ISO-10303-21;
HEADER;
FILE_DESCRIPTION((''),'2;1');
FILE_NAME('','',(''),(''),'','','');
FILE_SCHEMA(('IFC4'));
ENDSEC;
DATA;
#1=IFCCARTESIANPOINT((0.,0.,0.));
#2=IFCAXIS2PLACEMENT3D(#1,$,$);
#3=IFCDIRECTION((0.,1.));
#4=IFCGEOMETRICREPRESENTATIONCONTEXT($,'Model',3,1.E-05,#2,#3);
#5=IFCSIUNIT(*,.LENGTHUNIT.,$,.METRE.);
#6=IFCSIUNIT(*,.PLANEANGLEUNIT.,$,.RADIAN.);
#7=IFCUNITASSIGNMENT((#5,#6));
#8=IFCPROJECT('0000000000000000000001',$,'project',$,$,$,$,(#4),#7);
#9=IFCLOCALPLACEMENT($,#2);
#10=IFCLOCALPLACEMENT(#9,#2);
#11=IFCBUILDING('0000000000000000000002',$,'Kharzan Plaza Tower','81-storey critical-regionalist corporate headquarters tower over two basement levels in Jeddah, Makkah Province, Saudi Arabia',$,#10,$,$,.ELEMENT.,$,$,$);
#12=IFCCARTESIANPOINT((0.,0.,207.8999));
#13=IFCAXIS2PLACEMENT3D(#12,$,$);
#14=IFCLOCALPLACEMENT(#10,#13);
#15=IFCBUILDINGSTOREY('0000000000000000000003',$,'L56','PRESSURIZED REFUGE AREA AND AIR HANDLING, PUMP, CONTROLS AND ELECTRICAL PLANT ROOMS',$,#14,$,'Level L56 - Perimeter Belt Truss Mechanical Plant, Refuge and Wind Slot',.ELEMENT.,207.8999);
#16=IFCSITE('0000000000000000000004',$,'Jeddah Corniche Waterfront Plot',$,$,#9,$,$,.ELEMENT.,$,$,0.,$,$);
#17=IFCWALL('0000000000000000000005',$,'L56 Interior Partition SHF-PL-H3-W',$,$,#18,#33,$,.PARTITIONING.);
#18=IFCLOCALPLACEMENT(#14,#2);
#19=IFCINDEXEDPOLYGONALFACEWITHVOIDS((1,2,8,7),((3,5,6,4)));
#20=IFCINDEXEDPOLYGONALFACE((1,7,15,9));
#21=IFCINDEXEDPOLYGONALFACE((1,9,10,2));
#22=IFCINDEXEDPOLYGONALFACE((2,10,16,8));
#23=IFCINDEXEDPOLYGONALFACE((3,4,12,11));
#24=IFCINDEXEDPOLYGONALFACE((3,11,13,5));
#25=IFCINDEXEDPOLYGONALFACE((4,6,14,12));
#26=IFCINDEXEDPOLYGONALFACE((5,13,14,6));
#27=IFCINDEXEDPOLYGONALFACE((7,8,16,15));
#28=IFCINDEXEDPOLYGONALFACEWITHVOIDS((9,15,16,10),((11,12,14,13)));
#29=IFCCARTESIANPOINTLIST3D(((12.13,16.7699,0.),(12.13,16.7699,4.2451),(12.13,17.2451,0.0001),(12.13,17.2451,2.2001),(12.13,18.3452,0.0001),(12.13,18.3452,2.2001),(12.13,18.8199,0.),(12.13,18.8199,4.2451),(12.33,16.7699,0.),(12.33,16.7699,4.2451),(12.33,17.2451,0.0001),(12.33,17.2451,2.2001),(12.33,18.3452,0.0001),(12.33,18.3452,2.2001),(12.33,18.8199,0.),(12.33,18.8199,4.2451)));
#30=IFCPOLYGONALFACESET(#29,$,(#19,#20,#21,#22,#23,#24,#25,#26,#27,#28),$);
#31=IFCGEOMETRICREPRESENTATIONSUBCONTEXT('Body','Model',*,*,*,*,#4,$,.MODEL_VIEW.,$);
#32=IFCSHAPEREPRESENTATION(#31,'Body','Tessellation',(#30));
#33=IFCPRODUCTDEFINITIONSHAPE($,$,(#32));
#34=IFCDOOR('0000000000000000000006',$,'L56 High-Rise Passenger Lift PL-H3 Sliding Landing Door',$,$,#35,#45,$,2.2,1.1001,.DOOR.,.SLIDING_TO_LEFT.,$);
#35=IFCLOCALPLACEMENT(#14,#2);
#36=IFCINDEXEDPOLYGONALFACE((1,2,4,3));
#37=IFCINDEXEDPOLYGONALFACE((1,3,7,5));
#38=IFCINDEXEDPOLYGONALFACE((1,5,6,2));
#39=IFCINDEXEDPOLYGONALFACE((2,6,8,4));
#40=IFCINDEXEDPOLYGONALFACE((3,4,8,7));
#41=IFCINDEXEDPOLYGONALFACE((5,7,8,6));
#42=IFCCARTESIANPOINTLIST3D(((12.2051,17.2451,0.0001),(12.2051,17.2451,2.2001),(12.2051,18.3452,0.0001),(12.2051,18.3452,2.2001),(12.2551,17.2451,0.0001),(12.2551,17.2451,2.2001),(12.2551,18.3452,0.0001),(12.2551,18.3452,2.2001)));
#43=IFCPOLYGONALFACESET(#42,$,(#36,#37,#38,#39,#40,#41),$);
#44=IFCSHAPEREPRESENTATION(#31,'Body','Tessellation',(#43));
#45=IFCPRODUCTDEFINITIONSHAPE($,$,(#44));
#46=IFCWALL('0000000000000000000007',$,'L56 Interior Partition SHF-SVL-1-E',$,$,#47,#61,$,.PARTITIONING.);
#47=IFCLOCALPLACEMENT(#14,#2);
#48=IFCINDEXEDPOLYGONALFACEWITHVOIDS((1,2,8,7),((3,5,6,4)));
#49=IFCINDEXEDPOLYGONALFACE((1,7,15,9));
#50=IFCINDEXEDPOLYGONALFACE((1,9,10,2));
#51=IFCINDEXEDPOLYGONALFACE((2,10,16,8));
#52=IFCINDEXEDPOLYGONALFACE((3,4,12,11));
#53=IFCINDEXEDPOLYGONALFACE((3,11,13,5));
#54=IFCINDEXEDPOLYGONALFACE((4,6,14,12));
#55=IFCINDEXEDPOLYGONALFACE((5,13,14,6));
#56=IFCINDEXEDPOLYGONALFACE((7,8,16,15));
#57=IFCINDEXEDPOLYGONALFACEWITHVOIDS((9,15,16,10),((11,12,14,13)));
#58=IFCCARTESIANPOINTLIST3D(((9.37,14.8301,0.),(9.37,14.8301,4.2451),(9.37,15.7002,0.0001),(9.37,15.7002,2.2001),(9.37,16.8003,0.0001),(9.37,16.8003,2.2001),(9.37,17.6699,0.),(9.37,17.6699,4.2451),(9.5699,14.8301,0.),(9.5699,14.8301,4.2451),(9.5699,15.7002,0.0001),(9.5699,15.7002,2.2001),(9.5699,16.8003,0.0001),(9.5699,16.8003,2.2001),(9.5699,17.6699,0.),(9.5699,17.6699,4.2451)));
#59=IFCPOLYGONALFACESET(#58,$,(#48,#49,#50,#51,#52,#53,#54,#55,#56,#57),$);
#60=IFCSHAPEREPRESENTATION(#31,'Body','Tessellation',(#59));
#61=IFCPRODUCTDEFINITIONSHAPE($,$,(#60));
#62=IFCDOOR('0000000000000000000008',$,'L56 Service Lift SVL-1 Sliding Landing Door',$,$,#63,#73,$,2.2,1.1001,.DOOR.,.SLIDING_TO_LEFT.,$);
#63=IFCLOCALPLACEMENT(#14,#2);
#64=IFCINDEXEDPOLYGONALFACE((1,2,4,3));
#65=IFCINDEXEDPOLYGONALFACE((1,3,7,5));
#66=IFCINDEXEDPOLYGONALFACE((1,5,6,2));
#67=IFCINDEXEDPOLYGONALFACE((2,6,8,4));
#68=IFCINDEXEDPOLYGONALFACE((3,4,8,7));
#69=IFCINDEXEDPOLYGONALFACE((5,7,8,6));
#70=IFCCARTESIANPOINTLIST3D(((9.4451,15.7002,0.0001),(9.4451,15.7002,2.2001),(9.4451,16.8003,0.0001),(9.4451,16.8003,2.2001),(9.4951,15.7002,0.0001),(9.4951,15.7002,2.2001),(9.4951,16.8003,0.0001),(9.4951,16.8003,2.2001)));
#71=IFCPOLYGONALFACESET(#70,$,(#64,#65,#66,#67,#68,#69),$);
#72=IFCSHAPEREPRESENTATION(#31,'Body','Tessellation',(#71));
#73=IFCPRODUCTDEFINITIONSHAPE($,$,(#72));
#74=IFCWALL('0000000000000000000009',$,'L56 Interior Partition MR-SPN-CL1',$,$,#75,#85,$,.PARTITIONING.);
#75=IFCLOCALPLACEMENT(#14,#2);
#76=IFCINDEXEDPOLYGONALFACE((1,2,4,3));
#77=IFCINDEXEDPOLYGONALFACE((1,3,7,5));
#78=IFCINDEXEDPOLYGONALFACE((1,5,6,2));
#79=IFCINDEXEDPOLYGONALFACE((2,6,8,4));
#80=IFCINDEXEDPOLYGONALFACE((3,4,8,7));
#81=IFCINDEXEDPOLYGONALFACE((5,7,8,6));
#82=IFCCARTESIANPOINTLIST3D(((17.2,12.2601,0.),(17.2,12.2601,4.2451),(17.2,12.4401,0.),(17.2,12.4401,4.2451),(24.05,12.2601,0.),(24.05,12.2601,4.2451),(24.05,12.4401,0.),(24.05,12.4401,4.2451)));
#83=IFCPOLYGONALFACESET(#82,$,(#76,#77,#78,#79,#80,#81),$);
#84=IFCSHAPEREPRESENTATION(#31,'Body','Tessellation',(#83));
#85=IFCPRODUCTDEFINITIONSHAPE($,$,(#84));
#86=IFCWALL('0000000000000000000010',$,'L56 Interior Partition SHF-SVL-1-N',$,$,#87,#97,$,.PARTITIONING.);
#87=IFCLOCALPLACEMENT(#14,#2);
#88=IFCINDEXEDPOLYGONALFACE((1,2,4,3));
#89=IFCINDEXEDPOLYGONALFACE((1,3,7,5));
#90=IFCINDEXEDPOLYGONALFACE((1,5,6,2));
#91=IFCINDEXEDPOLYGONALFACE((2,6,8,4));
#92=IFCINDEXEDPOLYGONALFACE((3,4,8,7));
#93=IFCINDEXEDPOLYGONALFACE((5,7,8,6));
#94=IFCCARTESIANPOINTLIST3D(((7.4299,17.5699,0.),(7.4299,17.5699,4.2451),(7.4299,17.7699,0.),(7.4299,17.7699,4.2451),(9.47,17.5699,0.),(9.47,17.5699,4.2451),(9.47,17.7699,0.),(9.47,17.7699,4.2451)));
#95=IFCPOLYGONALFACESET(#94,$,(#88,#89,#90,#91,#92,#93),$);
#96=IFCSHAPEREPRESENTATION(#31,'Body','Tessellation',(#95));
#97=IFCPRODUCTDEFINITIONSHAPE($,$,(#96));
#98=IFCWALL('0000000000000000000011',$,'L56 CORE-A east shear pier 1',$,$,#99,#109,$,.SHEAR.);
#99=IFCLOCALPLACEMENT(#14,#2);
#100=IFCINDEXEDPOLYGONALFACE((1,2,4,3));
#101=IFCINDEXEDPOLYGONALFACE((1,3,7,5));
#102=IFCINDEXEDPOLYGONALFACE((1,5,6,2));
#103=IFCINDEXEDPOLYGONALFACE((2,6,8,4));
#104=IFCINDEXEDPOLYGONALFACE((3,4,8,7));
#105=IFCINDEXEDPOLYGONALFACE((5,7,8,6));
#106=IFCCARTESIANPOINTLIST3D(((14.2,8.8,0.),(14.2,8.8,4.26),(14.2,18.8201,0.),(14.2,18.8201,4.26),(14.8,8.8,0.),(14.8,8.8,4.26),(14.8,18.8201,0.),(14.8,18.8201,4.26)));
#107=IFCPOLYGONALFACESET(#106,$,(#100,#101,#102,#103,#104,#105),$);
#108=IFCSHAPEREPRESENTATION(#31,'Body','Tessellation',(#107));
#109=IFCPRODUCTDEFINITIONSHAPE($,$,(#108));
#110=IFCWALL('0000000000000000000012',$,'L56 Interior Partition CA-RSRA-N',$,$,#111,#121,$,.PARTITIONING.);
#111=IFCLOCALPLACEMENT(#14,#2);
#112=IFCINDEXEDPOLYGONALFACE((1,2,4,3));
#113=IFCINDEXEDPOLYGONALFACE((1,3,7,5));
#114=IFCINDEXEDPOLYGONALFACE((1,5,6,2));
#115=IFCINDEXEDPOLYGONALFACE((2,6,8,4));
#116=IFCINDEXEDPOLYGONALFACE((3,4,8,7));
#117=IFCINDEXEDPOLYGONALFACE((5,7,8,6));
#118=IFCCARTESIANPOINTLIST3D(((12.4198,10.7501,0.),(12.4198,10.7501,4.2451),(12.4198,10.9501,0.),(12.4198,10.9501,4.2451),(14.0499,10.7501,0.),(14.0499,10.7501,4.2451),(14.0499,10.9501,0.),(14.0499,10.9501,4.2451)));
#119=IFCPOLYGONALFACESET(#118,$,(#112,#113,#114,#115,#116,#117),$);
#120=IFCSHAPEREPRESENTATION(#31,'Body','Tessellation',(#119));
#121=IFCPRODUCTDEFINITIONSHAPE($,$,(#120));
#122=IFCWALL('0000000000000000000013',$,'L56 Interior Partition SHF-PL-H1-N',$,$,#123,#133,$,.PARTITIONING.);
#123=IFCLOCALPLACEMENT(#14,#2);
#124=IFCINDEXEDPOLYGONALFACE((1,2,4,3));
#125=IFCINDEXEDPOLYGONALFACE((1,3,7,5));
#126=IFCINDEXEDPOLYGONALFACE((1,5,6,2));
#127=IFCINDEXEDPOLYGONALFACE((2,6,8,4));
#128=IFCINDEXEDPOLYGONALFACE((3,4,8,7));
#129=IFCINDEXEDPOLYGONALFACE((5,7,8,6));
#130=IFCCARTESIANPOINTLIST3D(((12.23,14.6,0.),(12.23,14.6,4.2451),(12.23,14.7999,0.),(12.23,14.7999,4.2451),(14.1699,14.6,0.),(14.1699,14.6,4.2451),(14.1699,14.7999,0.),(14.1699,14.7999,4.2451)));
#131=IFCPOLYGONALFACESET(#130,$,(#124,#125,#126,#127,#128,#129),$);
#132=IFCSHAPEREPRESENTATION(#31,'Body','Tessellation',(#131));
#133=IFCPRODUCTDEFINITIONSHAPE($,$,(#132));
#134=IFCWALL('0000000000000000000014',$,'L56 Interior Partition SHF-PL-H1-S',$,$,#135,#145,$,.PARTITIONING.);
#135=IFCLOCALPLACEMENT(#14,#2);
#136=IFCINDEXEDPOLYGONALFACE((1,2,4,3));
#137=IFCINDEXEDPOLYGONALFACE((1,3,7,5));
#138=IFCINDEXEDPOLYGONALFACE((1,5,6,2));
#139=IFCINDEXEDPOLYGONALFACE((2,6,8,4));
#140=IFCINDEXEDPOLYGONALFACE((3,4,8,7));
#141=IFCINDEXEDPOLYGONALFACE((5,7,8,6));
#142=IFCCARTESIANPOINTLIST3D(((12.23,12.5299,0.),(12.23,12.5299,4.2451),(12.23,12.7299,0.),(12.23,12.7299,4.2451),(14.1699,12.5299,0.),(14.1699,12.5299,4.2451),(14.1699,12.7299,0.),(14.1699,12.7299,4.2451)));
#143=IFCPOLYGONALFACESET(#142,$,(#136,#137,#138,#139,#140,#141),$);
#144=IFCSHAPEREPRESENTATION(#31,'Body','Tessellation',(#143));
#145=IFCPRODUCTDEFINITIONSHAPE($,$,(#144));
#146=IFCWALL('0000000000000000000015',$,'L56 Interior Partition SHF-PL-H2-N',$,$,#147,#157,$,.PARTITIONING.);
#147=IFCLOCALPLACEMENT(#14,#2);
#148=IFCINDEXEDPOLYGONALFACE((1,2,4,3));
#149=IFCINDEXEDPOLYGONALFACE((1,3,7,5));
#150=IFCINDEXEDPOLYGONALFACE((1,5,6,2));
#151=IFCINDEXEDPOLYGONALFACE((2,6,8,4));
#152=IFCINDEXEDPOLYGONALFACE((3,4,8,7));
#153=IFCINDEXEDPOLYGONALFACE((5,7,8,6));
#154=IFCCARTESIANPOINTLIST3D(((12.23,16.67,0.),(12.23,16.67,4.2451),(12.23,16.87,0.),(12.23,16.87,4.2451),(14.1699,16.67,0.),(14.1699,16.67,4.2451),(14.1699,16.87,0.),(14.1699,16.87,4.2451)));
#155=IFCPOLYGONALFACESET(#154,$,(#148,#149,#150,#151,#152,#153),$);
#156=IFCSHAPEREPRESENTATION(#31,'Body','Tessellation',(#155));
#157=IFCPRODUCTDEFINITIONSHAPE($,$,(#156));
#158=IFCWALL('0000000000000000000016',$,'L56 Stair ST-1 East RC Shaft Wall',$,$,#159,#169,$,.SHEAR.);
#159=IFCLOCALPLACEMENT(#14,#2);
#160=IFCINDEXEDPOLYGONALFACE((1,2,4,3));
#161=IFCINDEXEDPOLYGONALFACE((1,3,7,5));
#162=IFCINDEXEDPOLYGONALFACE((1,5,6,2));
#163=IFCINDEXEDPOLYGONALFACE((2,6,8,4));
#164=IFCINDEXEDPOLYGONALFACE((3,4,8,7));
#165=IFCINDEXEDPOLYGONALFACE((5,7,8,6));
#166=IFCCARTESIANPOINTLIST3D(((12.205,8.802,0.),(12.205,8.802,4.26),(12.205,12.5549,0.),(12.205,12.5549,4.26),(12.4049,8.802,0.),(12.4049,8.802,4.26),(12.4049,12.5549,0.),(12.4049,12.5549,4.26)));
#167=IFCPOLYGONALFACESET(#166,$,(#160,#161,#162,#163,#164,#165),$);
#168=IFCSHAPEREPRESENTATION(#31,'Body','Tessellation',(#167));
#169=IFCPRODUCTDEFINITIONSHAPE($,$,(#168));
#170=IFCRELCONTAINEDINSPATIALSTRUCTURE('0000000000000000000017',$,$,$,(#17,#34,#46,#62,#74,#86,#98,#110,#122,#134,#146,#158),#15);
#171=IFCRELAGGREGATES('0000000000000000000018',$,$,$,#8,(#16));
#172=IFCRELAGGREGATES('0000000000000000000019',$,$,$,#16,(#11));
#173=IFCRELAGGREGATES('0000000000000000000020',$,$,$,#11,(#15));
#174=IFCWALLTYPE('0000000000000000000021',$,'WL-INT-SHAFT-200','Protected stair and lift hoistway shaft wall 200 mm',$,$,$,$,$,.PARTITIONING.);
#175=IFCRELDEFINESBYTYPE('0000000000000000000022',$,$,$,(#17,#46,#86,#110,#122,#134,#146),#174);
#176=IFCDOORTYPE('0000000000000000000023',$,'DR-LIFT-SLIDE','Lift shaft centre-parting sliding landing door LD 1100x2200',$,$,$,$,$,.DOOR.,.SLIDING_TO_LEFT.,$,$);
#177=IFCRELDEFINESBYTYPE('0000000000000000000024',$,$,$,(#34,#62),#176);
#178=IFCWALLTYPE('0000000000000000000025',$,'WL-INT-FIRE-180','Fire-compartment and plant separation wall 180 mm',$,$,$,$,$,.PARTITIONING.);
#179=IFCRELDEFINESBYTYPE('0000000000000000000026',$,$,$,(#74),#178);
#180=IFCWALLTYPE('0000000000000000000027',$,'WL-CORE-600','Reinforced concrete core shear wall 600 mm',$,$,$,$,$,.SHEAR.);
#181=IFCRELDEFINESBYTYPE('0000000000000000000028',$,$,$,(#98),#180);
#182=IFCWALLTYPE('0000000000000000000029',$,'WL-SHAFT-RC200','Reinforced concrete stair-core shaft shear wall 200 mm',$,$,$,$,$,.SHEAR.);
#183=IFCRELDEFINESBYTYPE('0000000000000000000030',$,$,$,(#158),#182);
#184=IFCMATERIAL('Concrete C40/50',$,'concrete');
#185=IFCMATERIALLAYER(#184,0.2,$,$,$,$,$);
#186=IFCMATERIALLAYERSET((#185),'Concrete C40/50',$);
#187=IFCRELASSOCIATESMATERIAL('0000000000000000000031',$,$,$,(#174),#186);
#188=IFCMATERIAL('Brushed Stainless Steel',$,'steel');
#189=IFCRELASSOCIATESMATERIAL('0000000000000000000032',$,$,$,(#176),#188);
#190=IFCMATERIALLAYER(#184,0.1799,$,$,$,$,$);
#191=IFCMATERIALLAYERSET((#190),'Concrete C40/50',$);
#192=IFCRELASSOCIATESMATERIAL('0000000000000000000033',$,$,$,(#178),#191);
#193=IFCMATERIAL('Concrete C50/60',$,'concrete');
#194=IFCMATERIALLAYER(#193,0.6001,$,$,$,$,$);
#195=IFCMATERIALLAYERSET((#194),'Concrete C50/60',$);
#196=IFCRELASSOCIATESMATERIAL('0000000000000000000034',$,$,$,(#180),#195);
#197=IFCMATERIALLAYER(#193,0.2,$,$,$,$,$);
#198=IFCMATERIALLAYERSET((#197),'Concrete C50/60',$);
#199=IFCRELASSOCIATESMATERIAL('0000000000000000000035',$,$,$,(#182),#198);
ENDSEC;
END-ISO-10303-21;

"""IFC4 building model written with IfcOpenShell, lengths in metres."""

from ifc_helpers import new_model, si_unit, direction, frame, frame_2d, origin, place, context, subcontext, project, spatial, rectangle, extrude, source, transform, mapped, material, layer, layer_set, type_object, element, fill, save


model = new_model("IFC4")

# Units and contexts
model_context = context("Model", 3, precision=1e-05, world=origin(), true_north=direction((0.0, 1.0)))
body_context = subcontext(model_context, "Body", "Model", "MODEL_VIEW")
ifc_project = project(units=[si_unit("LENGTHUNIT", "METRE"), si_unit("PLANEANGLEUNIT", "RADIAN")], contexts=[model_context])

# Site, building, storey
site_placement = place(None, origin())
site = spatial("IfcSite", under=ifc_project, at=site_placement, Name="Jeddah Corniche Waterfront Plot", CompositionType="ELEMENT", RefElevation=0.0)
building_placement = place(site_placement, origin())
building = spatial("IfcBuilding", under=site, at=building_placement, Name="Kharzan Plaza Tower", Description="81-storey critical-regionalist corporate headquarters tower over two basement levels in Jeddah, Makkah Province, Saudi Arabia", CompositionType="ELEMENT")
storey_placement = place(building_placement, frame((0.0, 0.0, 207.8999)))
storey = spatial("IfcBuildingStorey", under=building, at=storey_placement, Name="L56", Description="PRESSURIZED REFUGE AREA AND AIR HANDLING, PUMP, CONTROLS AND ELECTRICAL PLANT ROOMS", LongName="Level L56 - Perimeter Belt Truss Mechanical Plant, Refuge and Wind Slot", CompositionType="ELEMENT", Elevation=207.8999)

# Walls, openings, doors
ifc_material_1 = material(Name="Concrete C40/50", Category="concrete")
ifc_layer_1 = layer(ifc_material_1, 0.2)
ifc_layer_set_1 = layer_set([ifc_layer_1], Name="Concrete C40/50")
wall_type_1 = type_object("IfcWallType", Name="WL-INT-SHAFT-200", Description="Protected stair and lift hoistway shaft wall 200 mm", PredefinedType="PARTITIONING", material=ifc_layer_set_1)
ifc_material_2 = material(Name="Brushed Stainless Steel", Category="steel")
door_type = type_object("IfcDoorType", Name="DR-LIFT-SLIDE", Description="Lift shaft centre-parting sliding landing door LD 1100x2200", OperationType="SLIDING_TO_LEFT", PredefinedType="DOOR", material=ifc_material_2)
shared_shape_1 = source(origin(), body_context, "Body", "SweptSolid", [
    extrude(rectangle(XDim=1.1001, YDim=2.2, at=frame_2d((0.55, 1.1001))), frame((0.0, 0.0249, 0.0), z_axis=(0.0, -1.0, 0.0), x_axis=(1.0, 0.0, 0.0)), (0.0, 0.0, 1.0), 0.05),
])
wall_1_placement = place(storey_placement, frame((12.23, 16.77, 0.0), z_axis=(0.0, 0.0, 1.0), x_axis=(0.0, 1.0, 0.0)))
wall_1 = element("IfcWall", 1, at=wall_1_placement, inside=storey, type_object=wall_type_1, Name="L56 Interior Partition SHF-PL-H3-W", PredefinedType="PARTITIONING", context=body_context, shape_type="SweptSolid", body=[
    extrude(rectangle(XDim=2.05, YDim=0.2, at=frame_2d((1.0249, 0.0))), origin(), (0.0, 0.0, 1.0), 4.2451),
])
opening_1_placement = place(wall_1_placement, frame((0.4751, 0.0, 0.0)))
opening_1 = element("IfcOpeningElement", 2, at=opening_1_placement, cuts=wall_1, PredefinedType="OPENING", context=body_context, shape_type="SweptSolid", body=[
    extrude(rectangle(XDim=1.1001, YDim=2.2, at=frame_2d((0.55, 1.1001))), frame((0.0, 0.1099, 0.0), z_axis=(0.0, -1.0, 0.0), x_axis=(1.0, 0.0, 0.0)), (0.0, 0.0, 1.0), 0.22),
])
door_1_placement = place(opening_1_placement, origin())
door_1 = element("IfcDoor", 3, at=door_1_placement, inside=storey, type_object=door_type, Name="L56 High-Rise Passenger Lift PL-H3 Sliding Landing Door", OperationType="SLIDING_TO_LEFT", OverallHeight=2.2, OverallWidth=1.1001, PredefinedType="DOOR", context=body_context, shape_type="MappedRepresentation", body=[
    mapped(shared_shape_1, transform((0.0, 0.0, 0.0), x_axis=(1.0, 0.0, 0.0), y_axis=(0.0, 1.0, 0.0), z_axis=(0.0, 0.0, 1.0))),
])
fill(opening_1, door_1)
wall_2_placement = place(storey_placement, frame((9.47, 14.8301, 0.0), z_axis=(0.0, 0.0, 1.0), x_axis=(0.0, 1.0, 0.0)))
wall_2 = element("IfcWall", 4, at=wall_2_placement, inside=storey, type_object=wall_type_1, Name="L56 Interior Partition SHF-SVL-1-E", PredefinedType="PARTITIONING", context=body_context, shape_type="SweptSolid", body=[
    extrude(rectangle(XDim=2.8398, YDim=0.2, at=frame_2d((1.4199, 0.0))), origin(), (0.0, 0.0, 1.0), 4.2451),
])
opening_2_placement = place(wall_2_placement, frame((0.8701, 0.0, 0.0)))
opening_2 = element("IfcOpeningElement", 5, at=opening_2_placement, cuts=wall_2, PredefinedType="OPENING", context=body_context, shape_type="SweptSolid", body=[
    extrude(rectangle(XDim=1.1001, YDim=2.2, at=frame_2d((0.55, 1.1001))), frame((0.0, 0.1099, 0.0), z_axis=(0.0, -1.0, 0.0), x_axis=(1.0, 0.0, 0.0)), (0.0, 0.0, 1.0), 0.22),
])
door_2_placement = place(opening_2_placement, origin())
door_2 = element("IfcDoor", 6, at=door_2_placement, inside=storey, type_object=door_type, Name="L56 Service Lift SVL-1 Sliding Landing Door", OperationType="SLIDING_TO_LEFT", OverallHeight=2.2, OverallWidth=1.1001, PredefinedType="DOOR", context=body_context, shape_type="MappedRepresentation", body=[
    mapped(shared_shape_1, transform((0.0, 0.0, 0.0), x_axis=(1.0, 0.0, 0.0), y_axis=(0.0, 1.0, 0.0), z_axis=(0.0, 0.0, 1.0))),
])
fill(opening_2, door_2)

# Walls
ifc_layer_2 = layer(ifc_material_1, 0.1799)
ifc_layer_set_2 = layer_set([ifc_layer_2], Name="Concrete C40/50")
wall_type_2 = type_object("IfcWallType", Name="WL-INT-FIRE-180", Description="Fire-compartment and plant separation wall 180 mm", PredefinedType="PARTITIONING", material=ifc_layer_set_2)
shared_shape_2 = source(origin(), body_context, "Body", "SweptSolid", [
    extrude(rectangle(XDim=6.8501, YDim=0.1799, at=frame_2d((3.425, 0.0))), origin(), (0.0, 0.0, 1.0), 4.2451),
])
wall_3_placement = place(storey_placement, frame((17.2, 12.3501, 0.0), z_axis=(0.0, 0.0, 1.0), x_axis=(1.0, 0.0, 0.0)))
element("IfcWall", 7, at=wall_3_placement, inside=storey, type_object=wall_type_2, Name="L56 Interior Partition MR-SPN-CL1", PredefinedType="PARTITIONING", context=body_context, shape_type="MappedRepresentation", body=[
    mapped(shared_shape_2, transform((0.0, 0.0, 0.0), x_axis=(1.0, 0.0, 0.0), y_axis=(0.0, 1.0, 0.0), z_axis=(0.0, 0.0, 1.0))),
])
shared_shape_3 = source(origin(), body_context, "Body", "SweptSolid", [
    extrude(rectangle(XDim=2.04, YDim=0.2, at=frame_2d((1.02, 0.0))), origin(), (0.0, 0.0, 1.0), 4.2451),
])
wall_4_placement = place(storey_placement, frame((7.4299, 17.6699, 0.0), z_axis=(0.0, 0.0, 1.0), x_axis=(1.0, 0.0, 0.0)))
element("IfcWall", 8, at=wall_4_placement, inside=storey, type_object=wall_type_1, Name="L56 Interior Partition SHF-SVL-1-N", PredefinedType="PARTITIONING", context=body_context, shape_type="MappedRepresentation", body=[
    mapped(shared_shape_3, transform((0.0, 0.0, 0.0), x_axis=(1.0, 0.0, 0.0), y_axis=(0.0, 1.0, 0.0), z_axis=(0.0, 0.0, 1.0))),
])
ifc_material_3 = material(Name="Concrete C50/60", Category="concrete")
ifc_layer_3 = layer(ifc_material_3, 0.6001)
ifc_layer_set_3 = layer_set([ifc_layer_3], Name="Concrete C50/60")
wall_type_3 = type_object("IfcWallType", Name="WL-CORE-600", Description="Reinforced concrete core shear wall 600 mm", PredefinedType="SHEAR", material=ifc_layer_set_3)
shared_shape_4 = source(origin(), body_context, "Body", "SweptSolid", [
    extrude(rectangle(XDim=10.02, YDim=0.6001, at=frame_2d((5.01, 0.0))), origin(), (0.0, 0.0, 1.0), 4.26),
])
wall_5_placement = place(storey_placement, frame((14.5, 8.8, 0.0), z_axis=(0.0, 0.0, 1.0), x_axis=(0.0, 1.0, 0.0)))
element("IfcWall", 9, at=wall_5_placement, inside=storey, type_object=wall_type_3, Name="L56 CORE-A east shear pier 1", PredefinedType="SHEAR", context=body_context, shape_type="MappedRepresentation", body=[
    mapped(shared_shape_4, transform((0.0, 0.0, 0.0), x_axis=(1.0, 0.0, 0.0), y_axis=(0.0, 1.0, 0.0), z_axis=(0.0, 0.0, 1.0))),
])
shared_shape_5 = source(origin(), body_context, "Body", "SweptSolid", [
    extrude(rectangle(XDim=1.6301, YDim=0.2, at=frame_2d((0.8149, 0.0))), origin(), (0.0, 0.0, 1.0), 4.2451),
])
wall_6_placement = place(storey_placement, frame((12.4199, 10.8501, 0.0), z_axis=(0.0, 0.0, 1.0), x_axis=(1.0, 0.0, 0.0)))
element("IfcWall", 10, at=wall_6_placement, inside=storey, type_object=wall_type_1, Name="L56 Interior Partition CA-RSRA-N", PredefinedType="PARTITIONING", context=body_context, shape_type="MappedRepresentation", body=[
    mapped(shared_shape_5, transform((0.0, 0.0, 0.0), x_axis=(1.0, 0.0, 0.0), y_axis=(0.0, 1.0, 0.0), z_axis=(0.0, 0.0, 1.0))),
])
shared_shape_6 = source(origin(), body_context, "Body", "SweptSolid", [
    extrude(rectangle(XDim=1.9399, YDim=0.2, at=frame_2d((0.97, 0.0))), origin(), (0.0, 0.0, 1.0), 4.2451),
])
for number, where, z_axis, x_axis, name in (
    (11, (12.23, 14.7, 0.0), (0.0, 0.0, 1.0), (1.0, 0.0, 0.0), "L56 Interior Partition SHF-PL-H1-N"),
    (12, (12.23, 12.6299, 0.0), (0.0, 0.0, 1.0), (1.0, 0.0, 0.0), "L56 Interior Partition SHF-PL-H1-S"),
    (13, (12.23, 16.77, 0.0), (0.0, 0.0, 1.0), (1.0, 0.0, 0.0), "L56 Interior Partition SHF-PL-H2-N"),
):
    element("IfcWall", number, at=place(storey_placement, frame(where, z_axis=z_axis, x_axis=x_axis)), inside=storey, type_object=wall_type_1, Name=name, PredefinedType="PARTITIONING", context=body_context, shape_type="MappedRepresentation", body=[
        mapped(shared_shape_6, transform((0.0, 0.0, 0.0), x_axis=(1.0, 0.0, 0.0), y_axis=(0.0, 1.0, 0.0), z_axis=(0.0, 0.0, 1.0))),
    ])
ifc_layer_4 = layer(ifc_material_3, 0.2)
ifc_layer_set_4 = layer_set([ifc_layer_4], Name="Concrete C50/60")
wall_type_4 = type_object("IfcWallType", Name="WL-SHAFT-RC200", Description="Reinforced concrete stair-core shaft shear wall 200 mm", PredefinedType="SHEAR", material=ifc_layer_set_4)
shared_shape_7 = source(origin(), body_context, "Body", "SweptSolid", [
    extrude(rectangle(XDim=3.7529, YDim=0.2, at=frame_2d((1.8765, 0.0))), origin(), (0.0, 0.0, 1.0), 4.26),
])
wall_7_placement = place(storey_placement, frame((12.3049, 8.802, 0.0), z_axis=(0.0, 0.0, 1.0), x_axis=(0.0, 1.0, 0.0)))
element("IfcWall", 14, at=wall_7_placement, inside=storey, type_object=wall_type_4, Name="L56 Stair ST-1 East RC Shaft Wall", PredefinedType="SHEAR", context=body_context, shape_type="MappedRepresentation", body=[
    mapped(shared_shape_7, transform((0.0, 0.0, 0.0), x_axis=(1.0, 0.0, 0.0), y_axis=(0.0, 1.0, 0.0), z_axis=(0.0, 0.0, 1.0))),
])

save(model, "model.ifc")
